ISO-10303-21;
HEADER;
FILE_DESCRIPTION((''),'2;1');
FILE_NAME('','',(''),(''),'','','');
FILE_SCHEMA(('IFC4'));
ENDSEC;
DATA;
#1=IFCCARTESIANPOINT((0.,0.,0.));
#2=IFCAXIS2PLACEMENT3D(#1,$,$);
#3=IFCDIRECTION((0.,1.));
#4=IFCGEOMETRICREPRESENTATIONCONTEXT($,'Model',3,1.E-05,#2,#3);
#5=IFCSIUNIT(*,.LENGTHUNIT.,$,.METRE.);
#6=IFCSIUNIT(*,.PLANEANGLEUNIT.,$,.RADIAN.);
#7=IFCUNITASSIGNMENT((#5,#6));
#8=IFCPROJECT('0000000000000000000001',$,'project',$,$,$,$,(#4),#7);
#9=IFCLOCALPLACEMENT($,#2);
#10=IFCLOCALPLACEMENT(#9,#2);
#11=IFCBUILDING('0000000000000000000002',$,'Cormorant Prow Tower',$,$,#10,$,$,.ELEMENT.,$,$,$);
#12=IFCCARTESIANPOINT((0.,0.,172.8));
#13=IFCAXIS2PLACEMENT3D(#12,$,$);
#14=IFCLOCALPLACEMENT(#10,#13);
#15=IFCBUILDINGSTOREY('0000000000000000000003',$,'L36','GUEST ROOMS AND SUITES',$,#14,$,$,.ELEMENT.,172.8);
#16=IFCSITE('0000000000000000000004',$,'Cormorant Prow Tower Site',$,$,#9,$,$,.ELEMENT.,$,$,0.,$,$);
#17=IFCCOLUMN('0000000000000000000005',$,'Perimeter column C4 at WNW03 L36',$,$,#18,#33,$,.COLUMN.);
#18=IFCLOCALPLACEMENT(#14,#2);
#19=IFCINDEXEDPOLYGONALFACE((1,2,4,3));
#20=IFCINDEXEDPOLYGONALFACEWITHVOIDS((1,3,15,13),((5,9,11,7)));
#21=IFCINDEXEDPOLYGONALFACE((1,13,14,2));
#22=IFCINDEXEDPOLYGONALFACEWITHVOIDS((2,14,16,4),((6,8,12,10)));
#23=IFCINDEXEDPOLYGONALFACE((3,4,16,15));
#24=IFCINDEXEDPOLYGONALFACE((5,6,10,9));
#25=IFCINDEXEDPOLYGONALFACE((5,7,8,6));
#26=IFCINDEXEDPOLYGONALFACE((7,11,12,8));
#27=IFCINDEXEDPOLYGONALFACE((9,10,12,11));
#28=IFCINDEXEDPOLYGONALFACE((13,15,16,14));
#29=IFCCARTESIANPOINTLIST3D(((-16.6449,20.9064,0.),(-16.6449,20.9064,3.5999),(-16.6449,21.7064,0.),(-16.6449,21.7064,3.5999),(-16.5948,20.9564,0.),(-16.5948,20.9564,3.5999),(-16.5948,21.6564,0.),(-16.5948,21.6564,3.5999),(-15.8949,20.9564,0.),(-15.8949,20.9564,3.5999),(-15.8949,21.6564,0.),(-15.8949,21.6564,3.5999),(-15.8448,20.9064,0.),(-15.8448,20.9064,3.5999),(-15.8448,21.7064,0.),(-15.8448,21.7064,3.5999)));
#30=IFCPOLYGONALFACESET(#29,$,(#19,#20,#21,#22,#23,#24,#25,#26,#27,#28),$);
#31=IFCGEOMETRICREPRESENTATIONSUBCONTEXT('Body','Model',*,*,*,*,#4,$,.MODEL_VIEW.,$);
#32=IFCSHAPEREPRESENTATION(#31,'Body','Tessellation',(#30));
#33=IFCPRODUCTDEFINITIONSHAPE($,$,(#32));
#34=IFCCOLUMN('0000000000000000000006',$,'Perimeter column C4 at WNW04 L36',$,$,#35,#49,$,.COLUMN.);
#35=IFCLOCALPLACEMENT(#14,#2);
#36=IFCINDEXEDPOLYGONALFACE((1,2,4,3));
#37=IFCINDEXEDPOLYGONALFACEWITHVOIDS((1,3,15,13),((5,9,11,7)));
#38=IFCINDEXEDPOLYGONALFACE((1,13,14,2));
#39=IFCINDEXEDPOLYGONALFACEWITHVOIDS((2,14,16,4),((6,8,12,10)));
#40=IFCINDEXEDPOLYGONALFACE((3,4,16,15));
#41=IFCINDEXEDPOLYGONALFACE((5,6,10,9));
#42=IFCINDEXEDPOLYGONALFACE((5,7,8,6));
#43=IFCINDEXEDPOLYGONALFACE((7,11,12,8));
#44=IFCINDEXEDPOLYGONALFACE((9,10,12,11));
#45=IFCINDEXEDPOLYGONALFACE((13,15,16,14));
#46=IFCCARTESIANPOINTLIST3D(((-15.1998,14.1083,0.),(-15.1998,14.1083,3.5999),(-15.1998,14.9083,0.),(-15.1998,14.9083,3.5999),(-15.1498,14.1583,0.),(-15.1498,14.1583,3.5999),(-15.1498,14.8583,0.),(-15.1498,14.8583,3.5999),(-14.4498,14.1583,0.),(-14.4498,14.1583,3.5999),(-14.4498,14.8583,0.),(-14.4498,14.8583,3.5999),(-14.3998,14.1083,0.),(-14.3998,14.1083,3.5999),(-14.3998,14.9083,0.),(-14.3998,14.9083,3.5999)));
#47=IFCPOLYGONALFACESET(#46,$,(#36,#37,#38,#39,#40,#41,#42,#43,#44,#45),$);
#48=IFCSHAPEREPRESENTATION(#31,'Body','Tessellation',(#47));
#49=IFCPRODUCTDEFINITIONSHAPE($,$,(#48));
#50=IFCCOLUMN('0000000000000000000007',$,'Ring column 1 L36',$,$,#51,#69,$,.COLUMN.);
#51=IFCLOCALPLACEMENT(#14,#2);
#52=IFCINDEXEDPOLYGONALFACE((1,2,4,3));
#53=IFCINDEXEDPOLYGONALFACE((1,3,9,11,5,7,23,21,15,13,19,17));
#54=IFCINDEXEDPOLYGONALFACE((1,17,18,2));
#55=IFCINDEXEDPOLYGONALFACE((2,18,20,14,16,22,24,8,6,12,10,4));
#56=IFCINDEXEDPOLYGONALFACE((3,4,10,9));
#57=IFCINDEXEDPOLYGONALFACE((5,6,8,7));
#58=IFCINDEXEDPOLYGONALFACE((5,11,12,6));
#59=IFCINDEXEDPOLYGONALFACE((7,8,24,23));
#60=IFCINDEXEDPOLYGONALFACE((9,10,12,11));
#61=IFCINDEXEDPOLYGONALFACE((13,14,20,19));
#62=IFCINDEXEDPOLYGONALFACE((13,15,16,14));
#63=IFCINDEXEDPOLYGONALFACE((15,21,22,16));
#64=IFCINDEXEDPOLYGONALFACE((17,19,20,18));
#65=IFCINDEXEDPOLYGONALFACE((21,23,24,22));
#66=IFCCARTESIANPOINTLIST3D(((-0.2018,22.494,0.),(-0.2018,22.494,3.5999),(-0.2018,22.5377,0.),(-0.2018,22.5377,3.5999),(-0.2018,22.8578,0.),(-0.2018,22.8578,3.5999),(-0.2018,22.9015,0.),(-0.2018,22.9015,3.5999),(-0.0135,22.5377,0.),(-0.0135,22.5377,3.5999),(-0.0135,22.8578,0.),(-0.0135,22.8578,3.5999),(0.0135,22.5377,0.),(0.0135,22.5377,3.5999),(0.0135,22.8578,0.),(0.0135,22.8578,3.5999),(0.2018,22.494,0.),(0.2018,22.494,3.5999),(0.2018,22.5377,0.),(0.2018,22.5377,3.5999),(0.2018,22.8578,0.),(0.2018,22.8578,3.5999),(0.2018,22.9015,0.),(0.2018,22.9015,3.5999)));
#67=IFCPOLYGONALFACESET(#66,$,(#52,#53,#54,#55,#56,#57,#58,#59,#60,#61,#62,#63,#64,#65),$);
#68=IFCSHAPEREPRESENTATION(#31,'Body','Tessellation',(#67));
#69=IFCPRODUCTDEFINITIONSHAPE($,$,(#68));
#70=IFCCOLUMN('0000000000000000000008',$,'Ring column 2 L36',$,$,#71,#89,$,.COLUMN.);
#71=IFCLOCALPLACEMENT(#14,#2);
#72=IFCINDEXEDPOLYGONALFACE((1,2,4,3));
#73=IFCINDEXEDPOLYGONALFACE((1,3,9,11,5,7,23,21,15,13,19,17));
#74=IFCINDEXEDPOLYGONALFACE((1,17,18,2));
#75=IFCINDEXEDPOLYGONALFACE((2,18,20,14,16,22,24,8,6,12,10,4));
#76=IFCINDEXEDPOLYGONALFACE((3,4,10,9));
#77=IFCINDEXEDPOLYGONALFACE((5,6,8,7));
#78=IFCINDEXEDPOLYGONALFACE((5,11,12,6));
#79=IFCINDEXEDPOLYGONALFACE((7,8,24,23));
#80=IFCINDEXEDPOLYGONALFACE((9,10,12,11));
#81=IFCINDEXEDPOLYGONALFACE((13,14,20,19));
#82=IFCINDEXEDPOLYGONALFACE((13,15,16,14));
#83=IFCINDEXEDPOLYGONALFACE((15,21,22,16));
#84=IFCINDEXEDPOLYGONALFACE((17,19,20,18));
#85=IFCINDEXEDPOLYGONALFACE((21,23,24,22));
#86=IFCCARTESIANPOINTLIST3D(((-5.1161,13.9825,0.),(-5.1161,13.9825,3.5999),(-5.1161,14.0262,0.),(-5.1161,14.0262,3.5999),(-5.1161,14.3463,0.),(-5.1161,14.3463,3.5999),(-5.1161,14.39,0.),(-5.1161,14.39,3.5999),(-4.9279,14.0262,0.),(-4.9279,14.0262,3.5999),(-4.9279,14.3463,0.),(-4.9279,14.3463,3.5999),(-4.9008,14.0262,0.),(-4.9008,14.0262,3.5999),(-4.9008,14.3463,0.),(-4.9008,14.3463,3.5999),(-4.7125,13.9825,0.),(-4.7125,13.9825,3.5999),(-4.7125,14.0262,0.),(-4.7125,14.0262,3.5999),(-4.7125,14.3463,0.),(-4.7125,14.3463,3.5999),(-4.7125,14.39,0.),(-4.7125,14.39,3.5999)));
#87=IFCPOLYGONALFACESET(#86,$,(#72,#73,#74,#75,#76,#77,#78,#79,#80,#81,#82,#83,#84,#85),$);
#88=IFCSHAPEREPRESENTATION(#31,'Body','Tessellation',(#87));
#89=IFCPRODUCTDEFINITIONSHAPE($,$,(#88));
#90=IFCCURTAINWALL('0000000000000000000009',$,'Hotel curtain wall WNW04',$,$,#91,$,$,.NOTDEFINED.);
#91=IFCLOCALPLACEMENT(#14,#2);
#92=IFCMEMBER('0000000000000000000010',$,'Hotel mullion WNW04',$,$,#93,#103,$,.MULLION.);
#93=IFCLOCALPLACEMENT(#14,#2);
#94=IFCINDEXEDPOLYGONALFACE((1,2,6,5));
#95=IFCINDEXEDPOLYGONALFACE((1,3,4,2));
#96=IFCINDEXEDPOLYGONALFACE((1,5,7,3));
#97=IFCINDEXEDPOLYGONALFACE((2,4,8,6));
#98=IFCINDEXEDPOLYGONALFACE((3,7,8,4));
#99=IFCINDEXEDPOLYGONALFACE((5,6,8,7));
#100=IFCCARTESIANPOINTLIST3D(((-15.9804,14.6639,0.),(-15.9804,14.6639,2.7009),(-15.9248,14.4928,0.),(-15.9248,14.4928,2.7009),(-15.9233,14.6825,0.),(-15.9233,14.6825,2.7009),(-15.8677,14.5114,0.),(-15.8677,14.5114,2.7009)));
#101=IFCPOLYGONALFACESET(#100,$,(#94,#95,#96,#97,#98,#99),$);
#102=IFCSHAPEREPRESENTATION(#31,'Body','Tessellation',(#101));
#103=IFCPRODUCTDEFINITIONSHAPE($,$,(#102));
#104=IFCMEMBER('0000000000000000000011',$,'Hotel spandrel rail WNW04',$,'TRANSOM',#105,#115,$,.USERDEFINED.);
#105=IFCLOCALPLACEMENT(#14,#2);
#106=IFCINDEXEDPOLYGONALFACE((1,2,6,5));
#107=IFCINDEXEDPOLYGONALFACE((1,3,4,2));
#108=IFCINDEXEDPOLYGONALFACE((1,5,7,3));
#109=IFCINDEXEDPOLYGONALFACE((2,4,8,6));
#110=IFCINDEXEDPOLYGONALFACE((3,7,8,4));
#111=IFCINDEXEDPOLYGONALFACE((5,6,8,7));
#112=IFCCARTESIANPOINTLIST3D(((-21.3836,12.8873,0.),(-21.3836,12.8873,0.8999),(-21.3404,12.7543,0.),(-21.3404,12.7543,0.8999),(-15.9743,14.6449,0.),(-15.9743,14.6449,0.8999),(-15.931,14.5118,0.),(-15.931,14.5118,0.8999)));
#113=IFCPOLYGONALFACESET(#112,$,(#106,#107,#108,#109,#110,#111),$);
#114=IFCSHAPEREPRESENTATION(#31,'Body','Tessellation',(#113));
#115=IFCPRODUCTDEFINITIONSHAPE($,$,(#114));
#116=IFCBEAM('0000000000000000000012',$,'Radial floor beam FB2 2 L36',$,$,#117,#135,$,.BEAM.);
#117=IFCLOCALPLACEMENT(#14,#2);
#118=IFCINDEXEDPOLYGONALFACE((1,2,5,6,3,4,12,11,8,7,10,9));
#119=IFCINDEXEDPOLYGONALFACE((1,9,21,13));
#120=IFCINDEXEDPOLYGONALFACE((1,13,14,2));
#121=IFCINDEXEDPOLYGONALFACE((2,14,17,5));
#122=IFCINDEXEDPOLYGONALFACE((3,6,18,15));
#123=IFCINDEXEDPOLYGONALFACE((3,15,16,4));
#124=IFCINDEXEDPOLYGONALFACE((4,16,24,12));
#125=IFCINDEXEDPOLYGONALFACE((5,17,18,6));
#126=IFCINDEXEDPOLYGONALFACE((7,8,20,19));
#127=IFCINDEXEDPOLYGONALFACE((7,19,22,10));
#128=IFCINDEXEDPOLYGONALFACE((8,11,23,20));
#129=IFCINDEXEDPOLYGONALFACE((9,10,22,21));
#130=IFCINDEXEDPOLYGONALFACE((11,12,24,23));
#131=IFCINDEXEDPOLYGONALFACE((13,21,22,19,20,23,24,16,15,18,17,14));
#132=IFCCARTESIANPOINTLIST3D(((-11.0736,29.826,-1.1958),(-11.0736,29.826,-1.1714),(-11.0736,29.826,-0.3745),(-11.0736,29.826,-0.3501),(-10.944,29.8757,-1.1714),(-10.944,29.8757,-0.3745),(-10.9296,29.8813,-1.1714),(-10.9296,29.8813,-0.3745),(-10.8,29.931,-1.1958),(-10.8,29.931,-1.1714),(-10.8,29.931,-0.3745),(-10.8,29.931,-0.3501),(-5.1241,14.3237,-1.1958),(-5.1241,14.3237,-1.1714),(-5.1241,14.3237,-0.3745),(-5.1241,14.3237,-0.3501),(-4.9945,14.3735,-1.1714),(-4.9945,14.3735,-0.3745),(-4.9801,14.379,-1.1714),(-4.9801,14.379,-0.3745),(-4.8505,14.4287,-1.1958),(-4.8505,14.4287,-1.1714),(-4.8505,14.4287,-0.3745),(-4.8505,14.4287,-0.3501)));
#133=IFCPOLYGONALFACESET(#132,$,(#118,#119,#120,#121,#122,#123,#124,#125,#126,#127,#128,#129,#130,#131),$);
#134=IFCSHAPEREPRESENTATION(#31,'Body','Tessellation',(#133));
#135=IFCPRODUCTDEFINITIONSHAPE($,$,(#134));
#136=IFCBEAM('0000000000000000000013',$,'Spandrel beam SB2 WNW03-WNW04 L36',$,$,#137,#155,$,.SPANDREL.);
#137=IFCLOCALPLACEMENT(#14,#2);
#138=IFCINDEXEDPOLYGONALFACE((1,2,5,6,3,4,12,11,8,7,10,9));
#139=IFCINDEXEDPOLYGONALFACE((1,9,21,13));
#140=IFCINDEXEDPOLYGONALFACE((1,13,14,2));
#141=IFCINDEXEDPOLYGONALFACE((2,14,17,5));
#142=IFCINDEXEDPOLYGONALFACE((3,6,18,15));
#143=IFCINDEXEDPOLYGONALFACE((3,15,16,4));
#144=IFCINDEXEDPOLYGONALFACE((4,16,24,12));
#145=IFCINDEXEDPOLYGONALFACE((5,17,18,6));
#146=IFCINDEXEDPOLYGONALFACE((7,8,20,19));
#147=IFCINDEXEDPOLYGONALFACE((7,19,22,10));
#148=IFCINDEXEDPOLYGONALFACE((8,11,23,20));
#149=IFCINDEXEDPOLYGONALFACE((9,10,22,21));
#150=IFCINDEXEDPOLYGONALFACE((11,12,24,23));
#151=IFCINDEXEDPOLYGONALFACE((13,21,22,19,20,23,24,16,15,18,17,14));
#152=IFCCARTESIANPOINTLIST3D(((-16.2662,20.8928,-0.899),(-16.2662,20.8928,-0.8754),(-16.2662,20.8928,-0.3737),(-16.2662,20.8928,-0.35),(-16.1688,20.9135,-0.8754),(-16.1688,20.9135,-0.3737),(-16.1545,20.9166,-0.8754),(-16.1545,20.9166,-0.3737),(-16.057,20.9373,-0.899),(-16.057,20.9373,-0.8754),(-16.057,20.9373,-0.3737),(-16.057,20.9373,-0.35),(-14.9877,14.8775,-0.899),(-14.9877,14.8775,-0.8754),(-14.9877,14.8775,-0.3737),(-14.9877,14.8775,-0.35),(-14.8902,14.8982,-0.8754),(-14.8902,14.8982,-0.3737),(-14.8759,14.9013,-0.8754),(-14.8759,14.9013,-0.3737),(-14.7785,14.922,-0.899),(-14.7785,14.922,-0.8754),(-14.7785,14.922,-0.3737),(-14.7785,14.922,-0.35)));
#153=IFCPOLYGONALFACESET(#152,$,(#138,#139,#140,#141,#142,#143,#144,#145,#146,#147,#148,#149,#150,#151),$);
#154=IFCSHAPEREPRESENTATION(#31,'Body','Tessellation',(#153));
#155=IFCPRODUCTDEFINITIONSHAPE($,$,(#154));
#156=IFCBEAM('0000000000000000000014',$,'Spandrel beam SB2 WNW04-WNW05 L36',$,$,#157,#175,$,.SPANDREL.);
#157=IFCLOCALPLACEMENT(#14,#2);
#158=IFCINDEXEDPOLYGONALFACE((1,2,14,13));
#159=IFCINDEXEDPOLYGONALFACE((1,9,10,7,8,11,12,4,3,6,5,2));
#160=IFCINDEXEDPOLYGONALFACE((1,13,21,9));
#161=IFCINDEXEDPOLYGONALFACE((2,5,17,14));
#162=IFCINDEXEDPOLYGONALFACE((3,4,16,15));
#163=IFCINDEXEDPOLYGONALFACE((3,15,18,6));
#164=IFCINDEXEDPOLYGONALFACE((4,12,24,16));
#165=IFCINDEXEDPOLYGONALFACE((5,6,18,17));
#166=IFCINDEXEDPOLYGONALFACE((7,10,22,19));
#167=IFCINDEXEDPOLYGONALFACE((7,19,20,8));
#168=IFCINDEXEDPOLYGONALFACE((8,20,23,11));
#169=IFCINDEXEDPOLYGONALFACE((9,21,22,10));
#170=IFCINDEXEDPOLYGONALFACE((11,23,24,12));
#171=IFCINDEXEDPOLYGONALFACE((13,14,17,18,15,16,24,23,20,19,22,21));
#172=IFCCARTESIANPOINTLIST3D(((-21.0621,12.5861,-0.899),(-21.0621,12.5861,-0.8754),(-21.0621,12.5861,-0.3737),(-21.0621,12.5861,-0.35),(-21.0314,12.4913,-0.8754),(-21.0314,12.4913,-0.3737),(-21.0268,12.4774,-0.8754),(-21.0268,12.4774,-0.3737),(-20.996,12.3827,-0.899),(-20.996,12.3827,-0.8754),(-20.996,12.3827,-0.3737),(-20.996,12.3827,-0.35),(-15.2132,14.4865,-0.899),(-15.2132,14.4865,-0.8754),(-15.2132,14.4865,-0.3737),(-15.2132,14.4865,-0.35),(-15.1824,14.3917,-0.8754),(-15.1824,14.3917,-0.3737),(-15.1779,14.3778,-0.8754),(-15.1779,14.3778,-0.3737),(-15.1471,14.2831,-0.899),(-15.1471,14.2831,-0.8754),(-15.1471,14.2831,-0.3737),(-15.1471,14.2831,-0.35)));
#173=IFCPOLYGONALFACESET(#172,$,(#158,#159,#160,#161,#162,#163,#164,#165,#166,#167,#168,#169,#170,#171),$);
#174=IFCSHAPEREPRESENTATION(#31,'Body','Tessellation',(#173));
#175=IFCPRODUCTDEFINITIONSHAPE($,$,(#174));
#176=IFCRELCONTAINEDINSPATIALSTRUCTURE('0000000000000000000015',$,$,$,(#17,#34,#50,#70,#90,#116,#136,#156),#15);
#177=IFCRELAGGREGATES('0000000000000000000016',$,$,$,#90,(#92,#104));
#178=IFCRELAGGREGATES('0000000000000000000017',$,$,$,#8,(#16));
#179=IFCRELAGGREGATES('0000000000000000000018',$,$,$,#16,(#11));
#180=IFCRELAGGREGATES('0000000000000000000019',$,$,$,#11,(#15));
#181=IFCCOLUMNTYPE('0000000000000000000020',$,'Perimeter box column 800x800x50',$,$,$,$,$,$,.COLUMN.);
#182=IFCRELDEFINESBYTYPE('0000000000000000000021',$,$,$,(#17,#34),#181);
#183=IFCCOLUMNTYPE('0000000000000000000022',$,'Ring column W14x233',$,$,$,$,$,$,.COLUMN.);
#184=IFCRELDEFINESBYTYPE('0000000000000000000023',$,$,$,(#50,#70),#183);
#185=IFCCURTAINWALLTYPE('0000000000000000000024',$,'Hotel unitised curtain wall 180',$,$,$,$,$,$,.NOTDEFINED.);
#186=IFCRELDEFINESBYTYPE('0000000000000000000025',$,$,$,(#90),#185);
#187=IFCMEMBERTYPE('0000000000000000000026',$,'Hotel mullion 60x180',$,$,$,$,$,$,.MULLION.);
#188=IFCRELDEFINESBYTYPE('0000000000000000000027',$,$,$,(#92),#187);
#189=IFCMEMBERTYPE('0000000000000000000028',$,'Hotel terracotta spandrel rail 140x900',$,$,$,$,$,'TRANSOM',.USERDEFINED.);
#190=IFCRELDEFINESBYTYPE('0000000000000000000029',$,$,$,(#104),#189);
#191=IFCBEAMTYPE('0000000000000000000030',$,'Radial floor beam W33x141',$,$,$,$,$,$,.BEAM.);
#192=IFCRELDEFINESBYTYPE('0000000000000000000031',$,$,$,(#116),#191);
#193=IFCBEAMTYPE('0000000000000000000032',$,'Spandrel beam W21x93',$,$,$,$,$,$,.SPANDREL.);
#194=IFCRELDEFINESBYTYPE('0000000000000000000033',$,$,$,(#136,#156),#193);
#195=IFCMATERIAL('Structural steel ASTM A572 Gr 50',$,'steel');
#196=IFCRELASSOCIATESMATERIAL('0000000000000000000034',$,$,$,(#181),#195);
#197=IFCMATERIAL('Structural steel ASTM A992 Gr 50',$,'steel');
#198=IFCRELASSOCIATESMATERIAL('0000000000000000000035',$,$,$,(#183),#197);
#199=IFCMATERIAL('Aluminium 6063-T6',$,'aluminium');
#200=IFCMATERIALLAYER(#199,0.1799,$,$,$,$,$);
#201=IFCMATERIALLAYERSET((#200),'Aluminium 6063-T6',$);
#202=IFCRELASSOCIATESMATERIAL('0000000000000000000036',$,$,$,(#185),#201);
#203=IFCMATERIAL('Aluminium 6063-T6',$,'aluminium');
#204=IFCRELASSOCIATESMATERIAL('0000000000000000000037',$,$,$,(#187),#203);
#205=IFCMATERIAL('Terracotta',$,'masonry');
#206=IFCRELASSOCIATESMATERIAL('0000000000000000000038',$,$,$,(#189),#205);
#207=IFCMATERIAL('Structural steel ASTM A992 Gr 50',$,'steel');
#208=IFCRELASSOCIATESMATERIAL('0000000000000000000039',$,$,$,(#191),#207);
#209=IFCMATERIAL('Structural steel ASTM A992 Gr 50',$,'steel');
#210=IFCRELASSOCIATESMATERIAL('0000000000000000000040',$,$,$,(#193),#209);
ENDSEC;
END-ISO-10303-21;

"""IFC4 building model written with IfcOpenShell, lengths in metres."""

from ifc_helpers import new_model, si_unit, direction, frame, origin, origin_2d, place, context, subcontext, project, spatial, rectangle, hollow_rectangle, i_section, extrude, material, layer, layer_set, material_profile, profile_set, type_object, element, aggregate, save


model = new_model("IFC4")

# Units and contexts
model_context = context("Model", 3, precision=1e-05, world=origin(), true_north=direction((0.0, 1.0)))
body_context = subcontext(model_context, "Body", "Model", "MODEL_VIEW")
ifc_project = project(units=[si_unit("LENGTHUNIT", "METRE"), si_unit("PLANEANGLEUNIT", "RADIAN")], contexts=[model_context])

# Site, building, storey
site_placement = place(None, origin())
site = spatial("IfcSite", under=ifc_project, at=site_placement, Name="Cormorant Prow Tower Site", CompositionType="ELEMENT", RefElevation=0.0)
building_placement = place(site_placement, origin())
building = spatial("IfcBuilding", under=site, at=building_placement, Name="Cormorant Prow Tower", CompositionType="ELEMENT")
storey_placement = place(building_placement, frame((0.0, 0.0, 172.8)))
storey = spatial("IfcBuildingStorey", under=building, at=storey_placement, Name="L36", Description="GUEST ROOMS AND SUITES", CompositionType="ELEMENT", Elevation=172.8)

# Columns
ifc_material_1 = material(Name="Structural steel ASTM A572 Gr 50", Category="steel")
ifc_material_profile_1 = material_profile(ifc_material_1, hollow_rectangle(XDim=0.8, YDim=0.8, WallThickness=0.05, at=origin_2d()), Name="Box 800x800x50")
ifc_profile_set_1 = profile_set([ifc_material_profile_1], Name="Structural steel ASTM A572 Gr 50")
column_type_1 = type_object("IfcColumnType", Name="Perimeter box column 800x800x50", PredefinedType="COLUMN", material=ifc_profile_set_1)
for number, where, z_axis, x_axis, name in (
    (1, (-16.2449, 21.3064, 0.0), (0.0, 0.0, 1.0), (1.0, 0.0, 0.0), "Perimeter column C4 at WNW03 L36"),
    (2, (-14.7998, 14.5083, 0.0), (0.0, 0.0, 1.0), (1.0, 0.0, 0.0), "Perimeter column C4 at WNW04 L36"),
):
    element("IfcColumn", number, at=place(storey_placement, frame(where, z_axis=z_axis, x_axis=x_axis)), inside=storey, type_object=column_type_1, Name=name, PredefinedType="COLUMN", context=body_context, shape_type="SweptSolid", body=[
        extrude(hollow_rectangle(XDim=0.8, YDim=0.8, WallThickness=0.05, at=origin_2d()), origin(), (0.0, 0.0, 1.0), 3.5999),
    ])
ifc_material_2 = material(Name="Structural steel ASTM A992 Gr 50", Category="steel")
ifc_material_profile_2 = material_profile(ifc_material_2, i_section(OverallWidth=0.4036, OverallDepth=0.4075, WebThickness=0.0271, FlangeThickness=0.0437, at=origin_2d()), Name="W14x233")
ifc_profile_set_2 = profile_set([ifc_material_profile_2], Name="Structural steel ASTM A992 Gr 50")
column_type_2 = type_object("IfcColumnType", Name="Ring column W14x233", PredefinedType="COLUMN", material=ifc_profile_set_2)
for number, where, z_axis, x_axis, name in (
    (3, (0.0, 22.6978, 0.0), (0.0, 0.0, 1.0), (1.0, 0.0, 0.0), "Ring column 1 L36"),
    (4, (-4.9143, 14.1863, 0.0), (0.0, 0.0, 1.0), (1.0, 0.0, 0.0), "Ring column 2 L36"),
):
    element("IfcColumn", number, at=place(storey_placement, frame(where, z_axis=z_axis, x_axis=x_axis)), inside=storey, type_object=column_type_2, Name=name, PredefinedType="COLUMN", context=body_context, shape_type="SweptSolid", body=[
        extrude(i_section(OverallWidth=0.4036, OverallDepth=0.4075, WebThickness=0.0271, FlangeThickness=0.0437, at=origin_2d()), origin(), (0.0, 0.0, 1.0), 3.5999),
    ])

# Curtain wall, members
ifc_material_3 = material(Name="Aluminium 6063-T6", Category="aluminium")
ifc_layer_1 = layer(ifc_material_3, 0.1799)
ifc_layer_set_1 = layer_set([ifc_layer_1], Name="Aluminium 6063-T6")
curtain_wall_type = type_object("IfcCurtainWallType", Name="Hotel unitised curtain wall 180", PredefinedType="NOTDEFINED", material=ifc_layer_set_1)
curtain_wall_1_placement = place(storey_placement, origin())
curtain_wall_1 = element("IfcCurtainWall", 5, at=curtain_wall_1_placement, inside=storey, type_object=curtain_wall_type, Name="Hotel curtain wall WNW04", PredefinedType="NOTDEFINED")
ifc_material_4 = material(Name="Aluminium 6063-T6", Category="aluminium")
ifc_material_profile_3 = material_profile(ifc_material_4, rectangle(XDim=0.1799, YDim=0.0601, at=origin_2d()), Name="Hotel mullion 60x180")
ifc_profile_set_3 = profile_set([ifc_material_profile_3], Name="Aluminium 6063-T6")
member_type_1 = type_object("IfcMemberType", Name="Hotel mullion 60x180", PredefinedType="MULLION", material=ifc_profile_set_3)
member_1_placement = place(storey_placement, frame((-15.9241, 14.5876, 0.0), z_axis=(0.0, 0.0, 1.0), x_axis=(0.309017, -0.951057, 0.0)))
member_1 = element("IfcMember", 6, at=member_1_placement, type_object=member_type_1, Name="Hotel mullion WNW04", PredefinedType="MULLION", context=body_context, shape_type="SweptSolid", body=[
    extrude(rectangle(XDim=0.1799, YDim=0.0601, at=origin_2d()), origin(), (0.0, 0.0, 1.0), 2.7009),
])
ifc_material_5 = material(Name="Terracotta", Category="masonry")
ifc_material_profile_4 = material_profile(ifc_material_5, rectangle(XDim=0.1399, YDim=0.8999, at=origin_2d()), Name="Hotel terracotta spandrel rail 140x900")
ifc_profile_set_4 = profile_set([ifc_material_profile_4], Name="Terracotta")
member_type_2 = type_object("IfcMemberType", Name="Hotel terracotta spandrel rail 140x900", ElementType="TRANSOM", PredefinedType="USERDEFINED", material=ifc_profile_set_4)
member_2_placement = place(storey_placement, frame((-15.9526, 14.5784, 0.45), z_axis=(-0.95106, -0.309007, 0.0), x_axis=(0.309007, -0.95106, 0.0)))
member_2 = element("IfcMember", 7, at=member_2_placement, type_object=member_type_2, Name="Hotel spandrel rail WNW04", ObjectType="TRANSOM", PredefinedType="USERDEFINED", context=body_context, shape_type="SweptSolid", body=[
    extrude(rectangle(XDim=0.1399, YDim=0.8999, at=origin_2d()), origin(), (0.0, 0.0, 1.0), 5.6877),
])
aggregate(curtain_wall_1, [member_1, member_2])

# Beams
ifc_material_6 = material(Name="Structural steel ASTM A992 Gr 50", Category="steel")
ifc_material_profile_5 = material_profile(ifc_material_6, i_section(OverallWidth=0.293, OverallDepth=0.8457, WebThickness=0.0154, FlangeThickness=0.0244, at=origin_2d()), Name="W33x141")
ifc_profile_set_5 = profile_set([ifc_material_profile_5], Name="Structural steel ASTM A992 Gr 50")
beam_type_1 = type_object("IfcBeamType", Name="Radial floor beam W33x141", PredefinedType="BEAM", material=ifc_profile_set_5)
beam_1_placement = place(storey_placement, frame((-4.9873, 14.3762, -0.7729), z_axis=(-0.358301, 0.933606, 0.0), x_axis=(-0.933606, -0.358301, 0.0)))
element("IfcBeam", 8, at=beam_1_placement, inside=storey, type_object=beam_type_1, Name="Radial floor beam FB2 2 L36", PredefinedType="BEAM", context=body_context, shape_type="SweptSolid", body=[
    extrude(i_section(OverallWidth=0.293, OverallDepth=0.8457, WebThickness=0.0154, FlangeThickness=0.0244, at=origin_2d()), origin(), (0.0, 0.0, 1.0), 16.6047),
])
ifc_material_7 = material(Name="Structural steel ASTM A992 Gr 50", Category="steel")
ifc_material_profile_6 = material_profile(ifc_material_7, i_section(OverallWidth=0.2139, OverallDepth=0.5491, WebThickness=0.0146, FlangeThickness=0.0237, at=origin_2d()), Name="W21x93")
ifc_profile_set_6 = profile_set([ifc_material_profile_6], Name="Structural steel ASTM A992 Gr 50")
beam_type_2 = type_object("IfcBeamType", Name="Spandrel beam W21x93", PredefinedType="SPANDREL", material=ifc_profile_set_6)
beam_2_placement = place(storey_placement, frame((-16.1616, 20.915, -0.6245), z_axis=(0.207905, -0.978149, 0.0), x_axis=(0.978149, 0.207905, 0.0)))
element("IfcBeam", 9, at=beam_2_placement, inside=storey, type_object=beam_type_2, Name="Spandrel beam SB2 WNW03-WNW04 L36", PredefinedType="SPANDREL", context=body_context, shape_type="SweptSolid", body=[
    extrude(i_section(OverallWidth=0.2139, OverallDepth=0.5491, WebThickness=0.0146, FlangeThickness=0.0237, at=origin_2d()), origin(), (0.0, 0.0, 1.0), 6.1497),
])
beam_3_placement = place(storey_placement, frame((-15.1802, 14.3848, -0.6245), z_axis=(-0.951058, -0.309013, 0.0), x_axis=(0.309013, -0.951058, 0.0)))
element("IfcBeam", 10, at=beam_3_placement, inside=storey, type_object=beam_type_2, Name="Spandrel beam SB2 WNW04-WNW05 L36", PredefinedType="SPANDREL", context=body_context, shape_type="SweptSolid", body=[
    extrude(i_section(OverallWidth=0.2139, OverallDepth=0.5491, WebThickness=0.0146, FlangeThickness=0.0237, at=origin_2d()), origin(), (0.0, 0.0, 1.0), 6.1499),
])

save(model, "model.ifc")
